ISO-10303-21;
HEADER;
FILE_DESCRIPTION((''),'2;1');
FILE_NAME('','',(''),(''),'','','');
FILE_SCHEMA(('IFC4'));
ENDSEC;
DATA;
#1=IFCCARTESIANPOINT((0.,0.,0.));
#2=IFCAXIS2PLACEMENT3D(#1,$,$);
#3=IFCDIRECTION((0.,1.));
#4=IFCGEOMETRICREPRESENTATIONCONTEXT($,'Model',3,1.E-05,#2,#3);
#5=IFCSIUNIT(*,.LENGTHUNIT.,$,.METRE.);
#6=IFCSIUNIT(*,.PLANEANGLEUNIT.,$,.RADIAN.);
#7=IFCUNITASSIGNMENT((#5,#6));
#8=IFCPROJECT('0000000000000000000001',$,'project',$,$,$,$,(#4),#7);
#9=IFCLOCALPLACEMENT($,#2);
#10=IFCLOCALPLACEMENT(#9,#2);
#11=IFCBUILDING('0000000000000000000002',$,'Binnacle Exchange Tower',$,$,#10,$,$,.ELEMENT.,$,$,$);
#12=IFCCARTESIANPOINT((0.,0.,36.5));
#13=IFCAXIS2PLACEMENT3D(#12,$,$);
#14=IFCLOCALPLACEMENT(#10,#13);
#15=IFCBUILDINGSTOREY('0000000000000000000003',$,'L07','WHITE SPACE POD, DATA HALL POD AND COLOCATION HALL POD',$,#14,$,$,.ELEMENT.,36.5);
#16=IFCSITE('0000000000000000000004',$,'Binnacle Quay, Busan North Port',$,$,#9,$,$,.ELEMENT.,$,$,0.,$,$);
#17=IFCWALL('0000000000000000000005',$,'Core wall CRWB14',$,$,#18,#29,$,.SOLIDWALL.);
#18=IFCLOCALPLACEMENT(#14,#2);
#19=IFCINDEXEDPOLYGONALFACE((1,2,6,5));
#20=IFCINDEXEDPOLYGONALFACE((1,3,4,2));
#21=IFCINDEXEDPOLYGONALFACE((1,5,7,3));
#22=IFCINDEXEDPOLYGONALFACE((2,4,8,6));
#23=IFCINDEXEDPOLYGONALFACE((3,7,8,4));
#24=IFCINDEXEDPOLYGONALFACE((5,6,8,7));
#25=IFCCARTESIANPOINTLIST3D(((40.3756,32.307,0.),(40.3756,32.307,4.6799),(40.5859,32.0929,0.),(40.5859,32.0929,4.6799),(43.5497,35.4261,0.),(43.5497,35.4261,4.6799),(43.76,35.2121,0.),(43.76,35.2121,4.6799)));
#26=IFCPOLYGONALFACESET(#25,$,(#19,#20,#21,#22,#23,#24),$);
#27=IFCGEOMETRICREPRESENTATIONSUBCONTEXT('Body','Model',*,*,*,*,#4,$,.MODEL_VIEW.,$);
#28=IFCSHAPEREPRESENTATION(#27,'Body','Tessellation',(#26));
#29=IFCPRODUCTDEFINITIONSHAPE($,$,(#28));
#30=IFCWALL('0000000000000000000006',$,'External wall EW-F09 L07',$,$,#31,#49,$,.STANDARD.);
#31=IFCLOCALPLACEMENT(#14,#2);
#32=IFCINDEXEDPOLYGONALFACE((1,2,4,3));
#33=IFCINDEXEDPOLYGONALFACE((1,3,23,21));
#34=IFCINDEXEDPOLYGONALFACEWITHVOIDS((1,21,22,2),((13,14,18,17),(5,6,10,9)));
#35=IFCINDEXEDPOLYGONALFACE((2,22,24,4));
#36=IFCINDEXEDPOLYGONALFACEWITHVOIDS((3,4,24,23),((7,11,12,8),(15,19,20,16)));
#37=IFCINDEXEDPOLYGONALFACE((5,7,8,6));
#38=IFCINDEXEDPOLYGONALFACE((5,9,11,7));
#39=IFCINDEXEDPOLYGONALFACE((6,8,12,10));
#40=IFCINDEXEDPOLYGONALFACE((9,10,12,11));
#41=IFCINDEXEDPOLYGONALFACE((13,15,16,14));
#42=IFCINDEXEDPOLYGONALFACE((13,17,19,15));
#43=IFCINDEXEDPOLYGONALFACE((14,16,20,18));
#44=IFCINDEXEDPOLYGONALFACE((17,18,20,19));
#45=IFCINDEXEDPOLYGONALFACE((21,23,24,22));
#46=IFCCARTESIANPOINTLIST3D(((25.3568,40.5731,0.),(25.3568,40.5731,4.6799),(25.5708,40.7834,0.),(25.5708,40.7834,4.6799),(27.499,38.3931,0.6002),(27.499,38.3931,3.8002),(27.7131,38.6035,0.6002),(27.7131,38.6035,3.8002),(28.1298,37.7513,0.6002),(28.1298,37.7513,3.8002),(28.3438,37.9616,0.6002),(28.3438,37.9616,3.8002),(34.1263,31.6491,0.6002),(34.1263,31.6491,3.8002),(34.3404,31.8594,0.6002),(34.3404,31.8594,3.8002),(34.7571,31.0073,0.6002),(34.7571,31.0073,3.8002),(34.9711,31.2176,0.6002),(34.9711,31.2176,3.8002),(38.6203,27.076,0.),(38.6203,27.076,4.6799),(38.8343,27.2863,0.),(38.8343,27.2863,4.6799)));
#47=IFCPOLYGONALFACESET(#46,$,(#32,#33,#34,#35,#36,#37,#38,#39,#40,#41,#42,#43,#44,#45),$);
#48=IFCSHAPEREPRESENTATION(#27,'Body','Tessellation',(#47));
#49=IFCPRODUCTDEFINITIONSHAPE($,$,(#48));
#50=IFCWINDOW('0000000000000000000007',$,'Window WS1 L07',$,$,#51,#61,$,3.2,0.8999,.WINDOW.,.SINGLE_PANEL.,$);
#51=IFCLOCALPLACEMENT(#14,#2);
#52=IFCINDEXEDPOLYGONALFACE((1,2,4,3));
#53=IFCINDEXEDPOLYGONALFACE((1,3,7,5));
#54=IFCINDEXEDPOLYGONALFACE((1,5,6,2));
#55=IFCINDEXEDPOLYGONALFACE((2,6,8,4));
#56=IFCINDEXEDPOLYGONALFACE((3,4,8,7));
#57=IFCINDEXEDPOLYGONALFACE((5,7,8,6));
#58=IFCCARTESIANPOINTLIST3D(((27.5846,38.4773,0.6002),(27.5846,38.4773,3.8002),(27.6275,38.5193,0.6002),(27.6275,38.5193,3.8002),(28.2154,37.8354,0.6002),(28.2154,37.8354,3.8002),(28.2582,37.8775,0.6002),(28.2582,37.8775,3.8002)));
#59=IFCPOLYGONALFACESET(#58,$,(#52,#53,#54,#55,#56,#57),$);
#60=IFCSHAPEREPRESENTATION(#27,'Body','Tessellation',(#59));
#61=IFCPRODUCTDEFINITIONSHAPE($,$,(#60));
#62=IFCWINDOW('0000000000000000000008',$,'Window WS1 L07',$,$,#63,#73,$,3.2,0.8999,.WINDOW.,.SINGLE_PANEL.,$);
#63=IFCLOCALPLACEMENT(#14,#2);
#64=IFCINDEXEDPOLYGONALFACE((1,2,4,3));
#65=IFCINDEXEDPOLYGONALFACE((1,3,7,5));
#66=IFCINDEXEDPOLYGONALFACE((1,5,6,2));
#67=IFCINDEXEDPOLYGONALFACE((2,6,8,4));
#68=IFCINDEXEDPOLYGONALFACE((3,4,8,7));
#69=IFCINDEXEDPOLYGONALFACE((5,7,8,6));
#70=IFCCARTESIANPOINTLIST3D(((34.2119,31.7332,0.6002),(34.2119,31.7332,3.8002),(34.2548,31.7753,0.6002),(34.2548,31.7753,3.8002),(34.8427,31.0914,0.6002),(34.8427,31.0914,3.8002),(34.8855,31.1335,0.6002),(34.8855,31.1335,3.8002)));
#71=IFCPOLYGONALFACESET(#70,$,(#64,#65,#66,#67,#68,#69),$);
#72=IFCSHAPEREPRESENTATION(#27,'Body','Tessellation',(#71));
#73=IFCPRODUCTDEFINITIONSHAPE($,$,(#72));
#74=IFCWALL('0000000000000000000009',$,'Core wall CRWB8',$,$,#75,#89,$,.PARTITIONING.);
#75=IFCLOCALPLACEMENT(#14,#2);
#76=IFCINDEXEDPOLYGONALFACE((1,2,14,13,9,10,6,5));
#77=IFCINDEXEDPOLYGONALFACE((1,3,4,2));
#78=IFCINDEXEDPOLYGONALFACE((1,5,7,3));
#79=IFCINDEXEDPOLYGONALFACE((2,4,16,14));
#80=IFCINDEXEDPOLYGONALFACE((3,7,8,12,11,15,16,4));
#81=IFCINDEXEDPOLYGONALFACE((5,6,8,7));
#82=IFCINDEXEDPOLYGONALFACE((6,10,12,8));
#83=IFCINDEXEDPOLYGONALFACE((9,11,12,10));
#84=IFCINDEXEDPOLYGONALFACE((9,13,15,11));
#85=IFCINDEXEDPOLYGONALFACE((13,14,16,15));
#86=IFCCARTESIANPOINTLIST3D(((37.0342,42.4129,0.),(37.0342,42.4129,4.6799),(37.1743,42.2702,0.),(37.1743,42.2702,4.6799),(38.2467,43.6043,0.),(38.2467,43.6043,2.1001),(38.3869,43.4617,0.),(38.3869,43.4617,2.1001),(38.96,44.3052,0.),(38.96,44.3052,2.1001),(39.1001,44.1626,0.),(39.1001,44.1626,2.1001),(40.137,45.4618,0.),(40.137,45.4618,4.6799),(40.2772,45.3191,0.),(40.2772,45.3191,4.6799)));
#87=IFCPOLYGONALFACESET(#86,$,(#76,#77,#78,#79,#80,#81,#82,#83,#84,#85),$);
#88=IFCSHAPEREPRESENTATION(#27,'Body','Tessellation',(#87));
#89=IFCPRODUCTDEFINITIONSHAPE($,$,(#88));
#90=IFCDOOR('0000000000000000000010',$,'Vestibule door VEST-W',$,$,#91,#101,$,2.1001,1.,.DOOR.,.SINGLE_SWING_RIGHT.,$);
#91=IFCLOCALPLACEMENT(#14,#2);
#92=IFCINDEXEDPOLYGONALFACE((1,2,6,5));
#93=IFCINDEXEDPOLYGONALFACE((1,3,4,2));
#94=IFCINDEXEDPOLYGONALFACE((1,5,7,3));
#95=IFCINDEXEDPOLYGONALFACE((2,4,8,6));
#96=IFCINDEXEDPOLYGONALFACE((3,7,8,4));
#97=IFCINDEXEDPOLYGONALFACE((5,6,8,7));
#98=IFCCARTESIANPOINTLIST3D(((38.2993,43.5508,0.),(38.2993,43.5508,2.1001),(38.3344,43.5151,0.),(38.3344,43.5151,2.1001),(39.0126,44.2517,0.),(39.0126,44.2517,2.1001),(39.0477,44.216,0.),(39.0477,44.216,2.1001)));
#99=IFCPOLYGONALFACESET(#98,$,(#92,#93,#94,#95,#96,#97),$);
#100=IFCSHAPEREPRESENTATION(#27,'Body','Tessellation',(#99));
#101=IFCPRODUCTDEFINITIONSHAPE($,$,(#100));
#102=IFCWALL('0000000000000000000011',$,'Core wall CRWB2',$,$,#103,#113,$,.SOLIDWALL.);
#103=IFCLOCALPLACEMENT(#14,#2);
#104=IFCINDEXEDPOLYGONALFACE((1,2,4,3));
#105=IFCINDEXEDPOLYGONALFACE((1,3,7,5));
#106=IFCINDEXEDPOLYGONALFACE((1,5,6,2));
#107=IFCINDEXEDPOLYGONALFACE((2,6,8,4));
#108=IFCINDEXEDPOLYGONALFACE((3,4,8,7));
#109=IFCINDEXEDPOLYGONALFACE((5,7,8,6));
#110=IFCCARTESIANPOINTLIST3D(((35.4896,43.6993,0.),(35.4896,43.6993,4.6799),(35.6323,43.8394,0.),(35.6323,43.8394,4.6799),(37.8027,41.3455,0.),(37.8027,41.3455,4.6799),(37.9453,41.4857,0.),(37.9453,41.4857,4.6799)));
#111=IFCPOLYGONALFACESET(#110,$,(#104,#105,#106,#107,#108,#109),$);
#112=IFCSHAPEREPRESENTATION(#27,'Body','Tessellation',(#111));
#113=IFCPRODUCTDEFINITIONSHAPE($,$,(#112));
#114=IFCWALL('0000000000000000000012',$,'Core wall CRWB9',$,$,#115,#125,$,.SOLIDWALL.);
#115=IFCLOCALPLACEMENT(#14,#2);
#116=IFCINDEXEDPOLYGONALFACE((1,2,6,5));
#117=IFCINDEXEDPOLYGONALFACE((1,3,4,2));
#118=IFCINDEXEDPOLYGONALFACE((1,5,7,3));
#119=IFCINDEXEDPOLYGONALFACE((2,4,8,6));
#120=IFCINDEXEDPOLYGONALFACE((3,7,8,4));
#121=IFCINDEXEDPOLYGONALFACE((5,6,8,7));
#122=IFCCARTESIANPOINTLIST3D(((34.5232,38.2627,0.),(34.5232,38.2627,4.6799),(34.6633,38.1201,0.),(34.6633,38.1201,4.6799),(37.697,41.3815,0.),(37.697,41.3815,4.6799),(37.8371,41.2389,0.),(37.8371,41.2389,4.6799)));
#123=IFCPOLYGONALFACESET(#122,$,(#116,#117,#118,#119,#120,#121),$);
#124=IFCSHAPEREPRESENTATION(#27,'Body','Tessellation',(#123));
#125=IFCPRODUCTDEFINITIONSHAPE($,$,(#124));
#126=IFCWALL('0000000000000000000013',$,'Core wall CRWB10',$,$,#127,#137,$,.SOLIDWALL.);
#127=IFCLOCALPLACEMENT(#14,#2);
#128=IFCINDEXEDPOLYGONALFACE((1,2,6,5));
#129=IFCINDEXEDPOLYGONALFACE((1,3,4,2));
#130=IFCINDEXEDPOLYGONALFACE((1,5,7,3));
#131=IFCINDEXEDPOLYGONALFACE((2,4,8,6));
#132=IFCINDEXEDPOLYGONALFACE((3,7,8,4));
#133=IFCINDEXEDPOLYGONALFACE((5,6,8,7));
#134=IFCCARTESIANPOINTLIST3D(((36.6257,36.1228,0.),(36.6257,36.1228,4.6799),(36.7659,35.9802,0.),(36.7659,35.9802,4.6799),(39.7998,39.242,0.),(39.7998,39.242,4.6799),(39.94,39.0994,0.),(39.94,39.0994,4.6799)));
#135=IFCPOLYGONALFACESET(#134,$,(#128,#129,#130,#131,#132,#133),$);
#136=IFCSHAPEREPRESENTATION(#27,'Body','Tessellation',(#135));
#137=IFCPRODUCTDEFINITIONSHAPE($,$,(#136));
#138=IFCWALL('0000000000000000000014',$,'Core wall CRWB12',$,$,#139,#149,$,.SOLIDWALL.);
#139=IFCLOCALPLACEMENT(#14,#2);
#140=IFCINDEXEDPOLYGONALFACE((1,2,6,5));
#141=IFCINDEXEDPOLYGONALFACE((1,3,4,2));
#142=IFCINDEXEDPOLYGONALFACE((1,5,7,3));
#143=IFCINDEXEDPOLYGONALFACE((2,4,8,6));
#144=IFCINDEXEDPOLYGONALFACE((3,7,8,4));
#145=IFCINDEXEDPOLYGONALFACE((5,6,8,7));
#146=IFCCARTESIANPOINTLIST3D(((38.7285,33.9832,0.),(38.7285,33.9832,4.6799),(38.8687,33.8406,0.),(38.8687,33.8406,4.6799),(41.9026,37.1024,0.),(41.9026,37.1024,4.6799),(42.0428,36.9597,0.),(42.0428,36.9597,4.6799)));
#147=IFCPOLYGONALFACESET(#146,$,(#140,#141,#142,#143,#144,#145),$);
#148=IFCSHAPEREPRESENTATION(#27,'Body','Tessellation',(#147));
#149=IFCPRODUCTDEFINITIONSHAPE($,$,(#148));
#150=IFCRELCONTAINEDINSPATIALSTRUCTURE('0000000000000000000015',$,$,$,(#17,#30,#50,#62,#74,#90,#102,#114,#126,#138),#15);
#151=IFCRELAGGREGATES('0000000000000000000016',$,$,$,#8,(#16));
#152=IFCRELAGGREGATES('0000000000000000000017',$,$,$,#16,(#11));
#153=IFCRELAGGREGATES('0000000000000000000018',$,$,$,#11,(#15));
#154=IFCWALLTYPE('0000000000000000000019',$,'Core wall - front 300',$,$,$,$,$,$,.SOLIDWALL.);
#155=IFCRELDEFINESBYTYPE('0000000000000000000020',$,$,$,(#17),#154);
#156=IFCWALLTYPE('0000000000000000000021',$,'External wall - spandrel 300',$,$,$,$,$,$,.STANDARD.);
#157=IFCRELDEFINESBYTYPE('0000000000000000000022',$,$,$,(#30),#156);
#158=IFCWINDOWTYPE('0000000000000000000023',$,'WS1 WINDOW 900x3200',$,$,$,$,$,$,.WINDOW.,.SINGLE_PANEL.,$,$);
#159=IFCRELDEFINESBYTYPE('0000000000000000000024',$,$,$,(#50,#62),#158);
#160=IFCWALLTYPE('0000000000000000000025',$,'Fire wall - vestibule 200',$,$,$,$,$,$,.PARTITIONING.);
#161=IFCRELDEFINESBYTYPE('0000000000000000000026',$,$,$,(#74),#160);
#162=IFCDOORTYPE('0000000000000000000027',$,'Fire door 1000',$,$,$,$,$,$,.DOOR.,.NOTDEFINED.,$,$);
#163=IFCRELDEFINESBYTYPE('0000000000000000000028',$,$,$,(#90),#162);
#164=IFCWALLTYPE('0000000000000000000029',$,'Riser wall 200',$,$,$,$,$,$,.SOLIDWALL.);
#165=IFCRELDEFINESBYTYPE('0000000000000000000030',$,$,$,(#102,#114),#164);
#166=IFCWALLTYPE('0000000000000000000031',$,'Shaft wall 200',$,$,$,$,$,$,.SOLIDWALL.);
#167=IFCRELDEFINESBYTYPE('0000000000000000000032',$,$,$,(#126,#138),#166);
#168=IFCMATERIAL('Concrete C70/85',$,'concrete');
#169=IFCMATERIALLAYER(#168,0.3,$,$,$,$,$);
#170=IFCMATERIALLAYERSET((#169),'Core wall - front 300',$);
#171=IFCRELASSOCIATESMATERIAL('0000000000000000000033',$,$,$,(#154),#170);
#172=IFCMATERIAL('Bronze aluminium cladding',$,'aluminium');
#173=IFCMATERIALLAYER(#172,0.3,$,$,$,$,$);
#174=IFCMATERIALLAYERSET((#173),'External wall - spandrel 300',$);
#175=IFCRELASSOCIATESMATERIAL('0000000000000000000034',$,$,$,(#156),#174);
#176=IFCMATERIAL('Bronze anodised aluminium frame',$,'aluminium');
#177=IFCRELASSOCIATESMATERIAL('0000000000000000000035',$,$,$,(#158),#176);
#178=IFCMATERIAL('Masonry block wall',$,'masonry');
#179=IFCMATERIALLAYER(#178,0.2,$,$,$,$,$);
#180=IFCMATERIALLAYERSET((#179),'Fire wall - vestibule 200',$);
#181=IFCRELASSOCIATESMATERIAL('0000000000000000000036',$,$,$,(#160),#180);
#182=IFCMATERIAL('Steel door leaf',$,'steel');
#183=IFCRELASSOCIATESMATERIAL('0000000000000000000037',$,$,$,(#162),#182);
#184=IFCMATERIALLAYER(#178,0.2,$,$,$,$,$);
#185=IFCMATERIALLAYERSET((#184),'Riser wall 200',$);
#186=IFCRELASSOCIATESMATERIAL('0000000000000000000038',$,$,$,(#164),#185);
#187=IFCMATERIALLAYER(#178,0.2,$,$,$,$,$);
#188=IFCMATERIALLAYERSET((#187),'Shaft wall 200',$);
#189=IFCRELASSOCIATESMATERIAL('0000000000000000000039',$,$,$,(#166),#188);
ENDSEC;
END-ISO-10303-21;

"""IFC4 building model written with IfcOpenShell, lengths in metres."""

from ifc_helpers import new_model, si_unit, direction, frame, frame_2d, origin, place, context, subcontext, project, spatial, rectangle, extrude, material, layer, layer_set, type_object, element, fill, save


model = new_model("IFC4")

# Units and contexts
model_context = context("Model", 3, precision=1e-05, world=origin(), true_north=direction((0.0, 1.0)))
body_context = subcontext(model_context, "Body", "Model", "MODEL_VIEW")
ifc_project = project(units=[si_unit("LENGTHUNIT", "METRE"), si_unit("PLANEANGLEUNIT", "RADIAN")], contexts=[model_context])

# Site, building, storey
site_placement = place(None, origin())
site = spatial("IfcSite", under=ifc_project, at=site_placement, Name="Binnacle Quay, Busan North Port", CompositionType="ELEMENT", RefElevation=0.0)
building_placement = place(site_placement, origin())
building = spatial("IfcBuilding", under=site, at=building_placement, Name="Binnacle Exchange Tower", CompositionType="ELEMENT")
storey_placement = place(building_placement, frame((0.0, 0.0, 36.5)))
storey = spatial("IfcBuildingStorey", under=building, at=storey_placement, Name="L07", Description="WHITE SPACE POD, DATA HALL POD AND COLOCATION HALL POD", CompositionType="ELEMENT", Elevation=36.5)

# Shared definitions
ifc_material_1 = material(Name="Concrete C70/85", Category="concrete")

# Shared definitions
ifc_layer_1 = layer(ifc_material_1, 0.3)
ifc_layer_set_1 = layer_set([ifc_layer_1], Name="Core wall - front 300")
wall_type_1 = type_object("IfcWallType", Name="Core wall - front 300", PredefinedType="SOLIDWALL", material=ifc_layer_set_1)
ifc_material_2 = material(Name="Steel door leaf", Category="steel")

# Wall
wall_1_placement = place(storey_placement, frame((40.4807, 32.2, 0.0), z_axis=(0.0, 0.0, 1.0), x_axis=(0.713252, 0.700908, 0.0)))
element("IfcWall", 1, at=wall_1_placement, inside=storey, type_object=wall_type_1, Name="Core wall CRWB14", PredefinedType="SOLIDWALL", context=body_context, shape_type="SweptSolid", body=[
    extrude(rectangle(XDim=4.4502, YDim=0.3, at=frame_2d((2.2251, 0.0))), origin(), (0.0, 0.0, 1.0), 4.6799),
])

# Wall, openings, windows
ifc_material_3 = material(Name="Bronze aluminium cladding", Category="aluminium")
ifc_layer_2 = layer(ifc_material_3, 0.3)
ifc_layer_set_2 = layer_set([ifc_layer_2], Name="External wall - spandrel 300")
wall_type_2 = type_object("IfcWallType", Name="External wall - spandrel 300", PredefinedType="STANDARD", material=ifc_layer_set_2)
wall_2_placement = place(storey_placement, frame((38.7273, 27.1812, 0.0), z_axis=(0.0, 0.0, 1.0), x_axis=(-0.700906, 0.713253, 0.0)))
wall_2 = element("IfcWall", 2, at=wall_2_placement, inside=storey, type_object=wall_type_2, Name="External wall EW-F09 L07", PredefinedType="STANDARD", context=body_context, shape_type="SweptSolid", body=[
    extrude(rectangle(XDim=18.9233, YDim=0.3, at=frame_2d((9.4617, 0.0))), origin(), (0.0, 0.0, 1.0), 4.6799),
])
opening_1_placement = place(wall_2_placement, frame((14.967, 0.0, 0.6001)))
opening_1 = element("IfcOpeningElement", 3, at=opening_1_placement, cuts=wall_2, PredefinedType="OPENING", context=body_context, shape_type="SweptSolid", body=[
    extrude(rectangle(XDim=0.8999, YDim=3.2, at=frame_2d((0.45, 1.6001))), frame((0.0, 0.1599, 0.0), z_axis=(0.0, -1.0, 0.0), x_axis=(1.0, 0.0, 0.0)), (0.0, 0.0, 1.0), 0.3201),
])
opening_2_placement = place(wall_2_placement, frame((5.5117, 0.0, 0.6001)))
opening_2 = element("IfcOpeningElement", 4, at=opening_2_placement, cuts=wall_2, PredefinedType="OPENING", context=body_context, shape_type="SweptSolid", body=[
    extrude(rectangle(XDim=0.8999, YDim=3.2, at=frame_2d((0.45, 1.6001))), frame((0.0, 0.1599, 0.0), z_axis=(0.0, -1.0, 0.0), x_axis=(1.0, 0.0, 0.0)), (0.0, 0.0, 1.0), 0.3201),
])
ifc_material_4 = material(Name="Bronze anodised aluminium frame", Category="aluminium")
window_type = type_object("IfcWindowType", Name="WS1 WINDOW 900x3200", PartitioningType="SINGLE_PANEL", PredefinedType="WINDOW", material=ifc_material_4)
window_1_placement = place(opening_1_placement, origin())
window_1 = element("IfcWindow", 5, at=window_1_placement, inside=storey, type_object=window_type, Name="Window WS1 L07", OverallHeight=3.2, OverallWidth=0.8999, PartitioningType="SINGLE_PANEL", PredefinedType="WINDOW", context=body_context, shape_type="SweptSolid", body=[
    extrude(rectangle(XDim=0.8999, YDim=3.2, at=frame_2d((0.45, 1.6001))), frame((0.0, 0.03, 0.0), z_axis=(0.0, -1.0, 0.0), x_axis=(1.0, 0.0, 0.0)), (0.0, 0.0, 1.0), 0.0601),
])
fill(opening_1, window_1)
window_2_placement = place(opening_2_placement, origin())
window_2 = element("IfcWindow", 6, at=window_2_placement, inside=storey, type_object=window_type, Name="Window WS1 L07", OverallHeight=3.2, OverallWidth=0.8999, PartitioningType="SINGLE_PANEL", PredefinedType="WINDOW", context=body_context, shape_type="SweptSolid", body=[
    extrude(rectangle(XDim=0.8999, YDim=3.2, at=frame_2d((0.45, 1.6001))), frame((0.0, 0.03, 0.0), z_axis=(0.0, -1.0, 0.0), x_axis=(1.0, 0.0, 0.0)), (0.0, 0.0, 1.0), 0.0601),
])
fill(opening_2, window_2)

# Wall, opening, door
ifc_material_5 = material(Name="Masonry block wall", Category="masonry")
ifc_layer_3 = layer(ifc_material_5, 0.2)
ifc_layer_set_3 = layer_set([ifc_layer_3], Name="Fire wall - vestibule 200")
wall_type_3 = type_object("IfcWallType", Name="Fire wall - vestibule 200", PredefinedType="PARTITIONING", material=ifc_layer_set_3)
wall_3_placement = place(storey_placement, frame((37.1042, 42.3416, 0.0), z_axis=(0.0, 0.0, 1.0), x_axis=(0.713281, 0.700878, 0.0)))
wall_3 = element("IfcWall", 7, at=wall_3_placement, inside=storey, type_object=wall_type_3, Name="Core wall CRWB8", PredefinedType="PARTITIONING", context=body_context, shape_type="SweptSolid", body=[
    extrude(rectangle(XDim=4.3501, YDim=0.2, at=frame_2d((2.175, 0.0))), origin(), (0.0, 0.0, 1.0), 4.6799),
])
opening_3_placement = place(wall_3_placement, frame((1.7, 0.0, 0.0)))
opening_3 = element("IfcOpeningElement", 8, at=opening_3_placement, cuts=wall_3, PredefinedType="OPENING", context=body_context, shape_type="SweptSolid", body=[
    extrude(rectangle(XDim=1.0, YDim=2.1001, at=frame_2d((0.5, 1.05))), frame((0.0, 0.1099, 0.0), z_axis=(0.0, -1.0, 0.0), x_axis=(1.0, 0.0, 0.0)), (0.0, 0.0, 1.0), 0.22),
])
door_type_1 = type_object("IfcDoorType", Name="Fire door 1000", OperationType="NOTDEFINED", PredefinedType="DOOR", material=ifc_material_2)
door_1_placement = place(opening_3_placement, origin())
door_1 = element("IfcDoor", 9, at=door_1_placement, inside=storey, type_object=door_type_1, Name="Vestibule door VEST-W", OperationType="SINGLE_SWING_RIGHT", OverallHeight=2.1001, OverallWidth=1.0, PredefinedType="DOOR", context=body_context, shape_type="SweptSolid", body=[
    extrude(rectangle(XDim=1.0, YDim=2.1001, at=frame_2d((0.5, 1.05))), frame((0.0, 0.0249, 0.0), z_axis=(0.0, -1.0, 0.0), x_axis=(1.0, 0.0, 0.0)), (0.0, 0.0, 1.0), 0.05),
])
fill(opening_3, door_1)

# Walls
ifc_layer_4 = layer(ifc_material_5, 0.2)
ifc_layer_set_4 = layer_set([ifc_layer_4], Name="Riser wall 200")
wall_type_4 = type_object("IfcWallType", Name="Riser wall 200", PredefinedType="SOLIDWALL", material=ifc_layer_set_4)
wall_4_placement = place(storey_placement, frame((35.561, 43.7693, 0.0), z_axis=(0.0, 0.0, 1.0), x_axis=(0.700902, -0.713257, 0.0)))
element("IfcWall", 10, at=wall_4_placement, inside=storey, type_object=wall_type_4, Name="Core wall CRWB2", PredefinedType="SOLIDWALL", context=body_context, shape_type="SweptSolid", body=[
    extrude(rectangle(XDim=3.3, YDim=0.2, at=frame_2d((1.6499, 0.0))), origin(), (0.0, 0.0, 1.0), 4.6799),
])
wall_5_placement = place(storey_placement, frame((34.5933, 38.1914, 0.0), z_axis=(0.0, 0.0, 1.0), x_axis=(0.713252, 0.700907, 0.0)))
element("IfcWall", 11, at=wall_5_placement, inside=storey, type_object=wall_type_4, Name="Core wall CRWB9", PredefinedType="SOLIDWALL", context=body_context, shape_type="SweptSolid", body=[
    extrude(rectangle(XDim=4.4497, YDim=0.2, at=frame_2d((2.2249, 0.0))), origin(), (0.0, 0.0, 1.0), 4.6799),
])
ifc_layer_5 = layer(ifc_material_5, 0.2)
ifc_layer_set_5 = layer_set([ifc_layer_5], Name="Shaft wall 200")
wall_type_5 = type_object("IfcWallType", Name="Shaft wall 200", PredefinedType="SOLIDWALL", material=ifc_layer_set_5)
for number, where, z_axis, x_axis, name in (
    (12, (36.6958, 36.0515, 0.0), (0.0, 0.0, 1.0), (0.713252, 0.700908, 0.0), "Core wall CRWB10"),
    (13, (38.7986, 33.9119, 0.0), (0.0, 0.0, 1.0), (0.713252, 0.700908, 0.0), "Core wall CRWB12"),
):
    element("IfcWall", number, at=place(storey_placement, frame(where, z_axis=z_axis, x_axis=x_axis)), inside=storey, type_object=wall_type_5, Name=name, PredefinedType="SOLIDWALL", context=body_context, shape_type="SweptSolid", body=[
        extrude(rectangle(XDim=4.4502, YDim=0.2, at=frame_2d((2.2251, 0.0))), origin(), (0.0, 0.0, 1.0), 4.6799),
    ])

save(model, "model.ifc")
